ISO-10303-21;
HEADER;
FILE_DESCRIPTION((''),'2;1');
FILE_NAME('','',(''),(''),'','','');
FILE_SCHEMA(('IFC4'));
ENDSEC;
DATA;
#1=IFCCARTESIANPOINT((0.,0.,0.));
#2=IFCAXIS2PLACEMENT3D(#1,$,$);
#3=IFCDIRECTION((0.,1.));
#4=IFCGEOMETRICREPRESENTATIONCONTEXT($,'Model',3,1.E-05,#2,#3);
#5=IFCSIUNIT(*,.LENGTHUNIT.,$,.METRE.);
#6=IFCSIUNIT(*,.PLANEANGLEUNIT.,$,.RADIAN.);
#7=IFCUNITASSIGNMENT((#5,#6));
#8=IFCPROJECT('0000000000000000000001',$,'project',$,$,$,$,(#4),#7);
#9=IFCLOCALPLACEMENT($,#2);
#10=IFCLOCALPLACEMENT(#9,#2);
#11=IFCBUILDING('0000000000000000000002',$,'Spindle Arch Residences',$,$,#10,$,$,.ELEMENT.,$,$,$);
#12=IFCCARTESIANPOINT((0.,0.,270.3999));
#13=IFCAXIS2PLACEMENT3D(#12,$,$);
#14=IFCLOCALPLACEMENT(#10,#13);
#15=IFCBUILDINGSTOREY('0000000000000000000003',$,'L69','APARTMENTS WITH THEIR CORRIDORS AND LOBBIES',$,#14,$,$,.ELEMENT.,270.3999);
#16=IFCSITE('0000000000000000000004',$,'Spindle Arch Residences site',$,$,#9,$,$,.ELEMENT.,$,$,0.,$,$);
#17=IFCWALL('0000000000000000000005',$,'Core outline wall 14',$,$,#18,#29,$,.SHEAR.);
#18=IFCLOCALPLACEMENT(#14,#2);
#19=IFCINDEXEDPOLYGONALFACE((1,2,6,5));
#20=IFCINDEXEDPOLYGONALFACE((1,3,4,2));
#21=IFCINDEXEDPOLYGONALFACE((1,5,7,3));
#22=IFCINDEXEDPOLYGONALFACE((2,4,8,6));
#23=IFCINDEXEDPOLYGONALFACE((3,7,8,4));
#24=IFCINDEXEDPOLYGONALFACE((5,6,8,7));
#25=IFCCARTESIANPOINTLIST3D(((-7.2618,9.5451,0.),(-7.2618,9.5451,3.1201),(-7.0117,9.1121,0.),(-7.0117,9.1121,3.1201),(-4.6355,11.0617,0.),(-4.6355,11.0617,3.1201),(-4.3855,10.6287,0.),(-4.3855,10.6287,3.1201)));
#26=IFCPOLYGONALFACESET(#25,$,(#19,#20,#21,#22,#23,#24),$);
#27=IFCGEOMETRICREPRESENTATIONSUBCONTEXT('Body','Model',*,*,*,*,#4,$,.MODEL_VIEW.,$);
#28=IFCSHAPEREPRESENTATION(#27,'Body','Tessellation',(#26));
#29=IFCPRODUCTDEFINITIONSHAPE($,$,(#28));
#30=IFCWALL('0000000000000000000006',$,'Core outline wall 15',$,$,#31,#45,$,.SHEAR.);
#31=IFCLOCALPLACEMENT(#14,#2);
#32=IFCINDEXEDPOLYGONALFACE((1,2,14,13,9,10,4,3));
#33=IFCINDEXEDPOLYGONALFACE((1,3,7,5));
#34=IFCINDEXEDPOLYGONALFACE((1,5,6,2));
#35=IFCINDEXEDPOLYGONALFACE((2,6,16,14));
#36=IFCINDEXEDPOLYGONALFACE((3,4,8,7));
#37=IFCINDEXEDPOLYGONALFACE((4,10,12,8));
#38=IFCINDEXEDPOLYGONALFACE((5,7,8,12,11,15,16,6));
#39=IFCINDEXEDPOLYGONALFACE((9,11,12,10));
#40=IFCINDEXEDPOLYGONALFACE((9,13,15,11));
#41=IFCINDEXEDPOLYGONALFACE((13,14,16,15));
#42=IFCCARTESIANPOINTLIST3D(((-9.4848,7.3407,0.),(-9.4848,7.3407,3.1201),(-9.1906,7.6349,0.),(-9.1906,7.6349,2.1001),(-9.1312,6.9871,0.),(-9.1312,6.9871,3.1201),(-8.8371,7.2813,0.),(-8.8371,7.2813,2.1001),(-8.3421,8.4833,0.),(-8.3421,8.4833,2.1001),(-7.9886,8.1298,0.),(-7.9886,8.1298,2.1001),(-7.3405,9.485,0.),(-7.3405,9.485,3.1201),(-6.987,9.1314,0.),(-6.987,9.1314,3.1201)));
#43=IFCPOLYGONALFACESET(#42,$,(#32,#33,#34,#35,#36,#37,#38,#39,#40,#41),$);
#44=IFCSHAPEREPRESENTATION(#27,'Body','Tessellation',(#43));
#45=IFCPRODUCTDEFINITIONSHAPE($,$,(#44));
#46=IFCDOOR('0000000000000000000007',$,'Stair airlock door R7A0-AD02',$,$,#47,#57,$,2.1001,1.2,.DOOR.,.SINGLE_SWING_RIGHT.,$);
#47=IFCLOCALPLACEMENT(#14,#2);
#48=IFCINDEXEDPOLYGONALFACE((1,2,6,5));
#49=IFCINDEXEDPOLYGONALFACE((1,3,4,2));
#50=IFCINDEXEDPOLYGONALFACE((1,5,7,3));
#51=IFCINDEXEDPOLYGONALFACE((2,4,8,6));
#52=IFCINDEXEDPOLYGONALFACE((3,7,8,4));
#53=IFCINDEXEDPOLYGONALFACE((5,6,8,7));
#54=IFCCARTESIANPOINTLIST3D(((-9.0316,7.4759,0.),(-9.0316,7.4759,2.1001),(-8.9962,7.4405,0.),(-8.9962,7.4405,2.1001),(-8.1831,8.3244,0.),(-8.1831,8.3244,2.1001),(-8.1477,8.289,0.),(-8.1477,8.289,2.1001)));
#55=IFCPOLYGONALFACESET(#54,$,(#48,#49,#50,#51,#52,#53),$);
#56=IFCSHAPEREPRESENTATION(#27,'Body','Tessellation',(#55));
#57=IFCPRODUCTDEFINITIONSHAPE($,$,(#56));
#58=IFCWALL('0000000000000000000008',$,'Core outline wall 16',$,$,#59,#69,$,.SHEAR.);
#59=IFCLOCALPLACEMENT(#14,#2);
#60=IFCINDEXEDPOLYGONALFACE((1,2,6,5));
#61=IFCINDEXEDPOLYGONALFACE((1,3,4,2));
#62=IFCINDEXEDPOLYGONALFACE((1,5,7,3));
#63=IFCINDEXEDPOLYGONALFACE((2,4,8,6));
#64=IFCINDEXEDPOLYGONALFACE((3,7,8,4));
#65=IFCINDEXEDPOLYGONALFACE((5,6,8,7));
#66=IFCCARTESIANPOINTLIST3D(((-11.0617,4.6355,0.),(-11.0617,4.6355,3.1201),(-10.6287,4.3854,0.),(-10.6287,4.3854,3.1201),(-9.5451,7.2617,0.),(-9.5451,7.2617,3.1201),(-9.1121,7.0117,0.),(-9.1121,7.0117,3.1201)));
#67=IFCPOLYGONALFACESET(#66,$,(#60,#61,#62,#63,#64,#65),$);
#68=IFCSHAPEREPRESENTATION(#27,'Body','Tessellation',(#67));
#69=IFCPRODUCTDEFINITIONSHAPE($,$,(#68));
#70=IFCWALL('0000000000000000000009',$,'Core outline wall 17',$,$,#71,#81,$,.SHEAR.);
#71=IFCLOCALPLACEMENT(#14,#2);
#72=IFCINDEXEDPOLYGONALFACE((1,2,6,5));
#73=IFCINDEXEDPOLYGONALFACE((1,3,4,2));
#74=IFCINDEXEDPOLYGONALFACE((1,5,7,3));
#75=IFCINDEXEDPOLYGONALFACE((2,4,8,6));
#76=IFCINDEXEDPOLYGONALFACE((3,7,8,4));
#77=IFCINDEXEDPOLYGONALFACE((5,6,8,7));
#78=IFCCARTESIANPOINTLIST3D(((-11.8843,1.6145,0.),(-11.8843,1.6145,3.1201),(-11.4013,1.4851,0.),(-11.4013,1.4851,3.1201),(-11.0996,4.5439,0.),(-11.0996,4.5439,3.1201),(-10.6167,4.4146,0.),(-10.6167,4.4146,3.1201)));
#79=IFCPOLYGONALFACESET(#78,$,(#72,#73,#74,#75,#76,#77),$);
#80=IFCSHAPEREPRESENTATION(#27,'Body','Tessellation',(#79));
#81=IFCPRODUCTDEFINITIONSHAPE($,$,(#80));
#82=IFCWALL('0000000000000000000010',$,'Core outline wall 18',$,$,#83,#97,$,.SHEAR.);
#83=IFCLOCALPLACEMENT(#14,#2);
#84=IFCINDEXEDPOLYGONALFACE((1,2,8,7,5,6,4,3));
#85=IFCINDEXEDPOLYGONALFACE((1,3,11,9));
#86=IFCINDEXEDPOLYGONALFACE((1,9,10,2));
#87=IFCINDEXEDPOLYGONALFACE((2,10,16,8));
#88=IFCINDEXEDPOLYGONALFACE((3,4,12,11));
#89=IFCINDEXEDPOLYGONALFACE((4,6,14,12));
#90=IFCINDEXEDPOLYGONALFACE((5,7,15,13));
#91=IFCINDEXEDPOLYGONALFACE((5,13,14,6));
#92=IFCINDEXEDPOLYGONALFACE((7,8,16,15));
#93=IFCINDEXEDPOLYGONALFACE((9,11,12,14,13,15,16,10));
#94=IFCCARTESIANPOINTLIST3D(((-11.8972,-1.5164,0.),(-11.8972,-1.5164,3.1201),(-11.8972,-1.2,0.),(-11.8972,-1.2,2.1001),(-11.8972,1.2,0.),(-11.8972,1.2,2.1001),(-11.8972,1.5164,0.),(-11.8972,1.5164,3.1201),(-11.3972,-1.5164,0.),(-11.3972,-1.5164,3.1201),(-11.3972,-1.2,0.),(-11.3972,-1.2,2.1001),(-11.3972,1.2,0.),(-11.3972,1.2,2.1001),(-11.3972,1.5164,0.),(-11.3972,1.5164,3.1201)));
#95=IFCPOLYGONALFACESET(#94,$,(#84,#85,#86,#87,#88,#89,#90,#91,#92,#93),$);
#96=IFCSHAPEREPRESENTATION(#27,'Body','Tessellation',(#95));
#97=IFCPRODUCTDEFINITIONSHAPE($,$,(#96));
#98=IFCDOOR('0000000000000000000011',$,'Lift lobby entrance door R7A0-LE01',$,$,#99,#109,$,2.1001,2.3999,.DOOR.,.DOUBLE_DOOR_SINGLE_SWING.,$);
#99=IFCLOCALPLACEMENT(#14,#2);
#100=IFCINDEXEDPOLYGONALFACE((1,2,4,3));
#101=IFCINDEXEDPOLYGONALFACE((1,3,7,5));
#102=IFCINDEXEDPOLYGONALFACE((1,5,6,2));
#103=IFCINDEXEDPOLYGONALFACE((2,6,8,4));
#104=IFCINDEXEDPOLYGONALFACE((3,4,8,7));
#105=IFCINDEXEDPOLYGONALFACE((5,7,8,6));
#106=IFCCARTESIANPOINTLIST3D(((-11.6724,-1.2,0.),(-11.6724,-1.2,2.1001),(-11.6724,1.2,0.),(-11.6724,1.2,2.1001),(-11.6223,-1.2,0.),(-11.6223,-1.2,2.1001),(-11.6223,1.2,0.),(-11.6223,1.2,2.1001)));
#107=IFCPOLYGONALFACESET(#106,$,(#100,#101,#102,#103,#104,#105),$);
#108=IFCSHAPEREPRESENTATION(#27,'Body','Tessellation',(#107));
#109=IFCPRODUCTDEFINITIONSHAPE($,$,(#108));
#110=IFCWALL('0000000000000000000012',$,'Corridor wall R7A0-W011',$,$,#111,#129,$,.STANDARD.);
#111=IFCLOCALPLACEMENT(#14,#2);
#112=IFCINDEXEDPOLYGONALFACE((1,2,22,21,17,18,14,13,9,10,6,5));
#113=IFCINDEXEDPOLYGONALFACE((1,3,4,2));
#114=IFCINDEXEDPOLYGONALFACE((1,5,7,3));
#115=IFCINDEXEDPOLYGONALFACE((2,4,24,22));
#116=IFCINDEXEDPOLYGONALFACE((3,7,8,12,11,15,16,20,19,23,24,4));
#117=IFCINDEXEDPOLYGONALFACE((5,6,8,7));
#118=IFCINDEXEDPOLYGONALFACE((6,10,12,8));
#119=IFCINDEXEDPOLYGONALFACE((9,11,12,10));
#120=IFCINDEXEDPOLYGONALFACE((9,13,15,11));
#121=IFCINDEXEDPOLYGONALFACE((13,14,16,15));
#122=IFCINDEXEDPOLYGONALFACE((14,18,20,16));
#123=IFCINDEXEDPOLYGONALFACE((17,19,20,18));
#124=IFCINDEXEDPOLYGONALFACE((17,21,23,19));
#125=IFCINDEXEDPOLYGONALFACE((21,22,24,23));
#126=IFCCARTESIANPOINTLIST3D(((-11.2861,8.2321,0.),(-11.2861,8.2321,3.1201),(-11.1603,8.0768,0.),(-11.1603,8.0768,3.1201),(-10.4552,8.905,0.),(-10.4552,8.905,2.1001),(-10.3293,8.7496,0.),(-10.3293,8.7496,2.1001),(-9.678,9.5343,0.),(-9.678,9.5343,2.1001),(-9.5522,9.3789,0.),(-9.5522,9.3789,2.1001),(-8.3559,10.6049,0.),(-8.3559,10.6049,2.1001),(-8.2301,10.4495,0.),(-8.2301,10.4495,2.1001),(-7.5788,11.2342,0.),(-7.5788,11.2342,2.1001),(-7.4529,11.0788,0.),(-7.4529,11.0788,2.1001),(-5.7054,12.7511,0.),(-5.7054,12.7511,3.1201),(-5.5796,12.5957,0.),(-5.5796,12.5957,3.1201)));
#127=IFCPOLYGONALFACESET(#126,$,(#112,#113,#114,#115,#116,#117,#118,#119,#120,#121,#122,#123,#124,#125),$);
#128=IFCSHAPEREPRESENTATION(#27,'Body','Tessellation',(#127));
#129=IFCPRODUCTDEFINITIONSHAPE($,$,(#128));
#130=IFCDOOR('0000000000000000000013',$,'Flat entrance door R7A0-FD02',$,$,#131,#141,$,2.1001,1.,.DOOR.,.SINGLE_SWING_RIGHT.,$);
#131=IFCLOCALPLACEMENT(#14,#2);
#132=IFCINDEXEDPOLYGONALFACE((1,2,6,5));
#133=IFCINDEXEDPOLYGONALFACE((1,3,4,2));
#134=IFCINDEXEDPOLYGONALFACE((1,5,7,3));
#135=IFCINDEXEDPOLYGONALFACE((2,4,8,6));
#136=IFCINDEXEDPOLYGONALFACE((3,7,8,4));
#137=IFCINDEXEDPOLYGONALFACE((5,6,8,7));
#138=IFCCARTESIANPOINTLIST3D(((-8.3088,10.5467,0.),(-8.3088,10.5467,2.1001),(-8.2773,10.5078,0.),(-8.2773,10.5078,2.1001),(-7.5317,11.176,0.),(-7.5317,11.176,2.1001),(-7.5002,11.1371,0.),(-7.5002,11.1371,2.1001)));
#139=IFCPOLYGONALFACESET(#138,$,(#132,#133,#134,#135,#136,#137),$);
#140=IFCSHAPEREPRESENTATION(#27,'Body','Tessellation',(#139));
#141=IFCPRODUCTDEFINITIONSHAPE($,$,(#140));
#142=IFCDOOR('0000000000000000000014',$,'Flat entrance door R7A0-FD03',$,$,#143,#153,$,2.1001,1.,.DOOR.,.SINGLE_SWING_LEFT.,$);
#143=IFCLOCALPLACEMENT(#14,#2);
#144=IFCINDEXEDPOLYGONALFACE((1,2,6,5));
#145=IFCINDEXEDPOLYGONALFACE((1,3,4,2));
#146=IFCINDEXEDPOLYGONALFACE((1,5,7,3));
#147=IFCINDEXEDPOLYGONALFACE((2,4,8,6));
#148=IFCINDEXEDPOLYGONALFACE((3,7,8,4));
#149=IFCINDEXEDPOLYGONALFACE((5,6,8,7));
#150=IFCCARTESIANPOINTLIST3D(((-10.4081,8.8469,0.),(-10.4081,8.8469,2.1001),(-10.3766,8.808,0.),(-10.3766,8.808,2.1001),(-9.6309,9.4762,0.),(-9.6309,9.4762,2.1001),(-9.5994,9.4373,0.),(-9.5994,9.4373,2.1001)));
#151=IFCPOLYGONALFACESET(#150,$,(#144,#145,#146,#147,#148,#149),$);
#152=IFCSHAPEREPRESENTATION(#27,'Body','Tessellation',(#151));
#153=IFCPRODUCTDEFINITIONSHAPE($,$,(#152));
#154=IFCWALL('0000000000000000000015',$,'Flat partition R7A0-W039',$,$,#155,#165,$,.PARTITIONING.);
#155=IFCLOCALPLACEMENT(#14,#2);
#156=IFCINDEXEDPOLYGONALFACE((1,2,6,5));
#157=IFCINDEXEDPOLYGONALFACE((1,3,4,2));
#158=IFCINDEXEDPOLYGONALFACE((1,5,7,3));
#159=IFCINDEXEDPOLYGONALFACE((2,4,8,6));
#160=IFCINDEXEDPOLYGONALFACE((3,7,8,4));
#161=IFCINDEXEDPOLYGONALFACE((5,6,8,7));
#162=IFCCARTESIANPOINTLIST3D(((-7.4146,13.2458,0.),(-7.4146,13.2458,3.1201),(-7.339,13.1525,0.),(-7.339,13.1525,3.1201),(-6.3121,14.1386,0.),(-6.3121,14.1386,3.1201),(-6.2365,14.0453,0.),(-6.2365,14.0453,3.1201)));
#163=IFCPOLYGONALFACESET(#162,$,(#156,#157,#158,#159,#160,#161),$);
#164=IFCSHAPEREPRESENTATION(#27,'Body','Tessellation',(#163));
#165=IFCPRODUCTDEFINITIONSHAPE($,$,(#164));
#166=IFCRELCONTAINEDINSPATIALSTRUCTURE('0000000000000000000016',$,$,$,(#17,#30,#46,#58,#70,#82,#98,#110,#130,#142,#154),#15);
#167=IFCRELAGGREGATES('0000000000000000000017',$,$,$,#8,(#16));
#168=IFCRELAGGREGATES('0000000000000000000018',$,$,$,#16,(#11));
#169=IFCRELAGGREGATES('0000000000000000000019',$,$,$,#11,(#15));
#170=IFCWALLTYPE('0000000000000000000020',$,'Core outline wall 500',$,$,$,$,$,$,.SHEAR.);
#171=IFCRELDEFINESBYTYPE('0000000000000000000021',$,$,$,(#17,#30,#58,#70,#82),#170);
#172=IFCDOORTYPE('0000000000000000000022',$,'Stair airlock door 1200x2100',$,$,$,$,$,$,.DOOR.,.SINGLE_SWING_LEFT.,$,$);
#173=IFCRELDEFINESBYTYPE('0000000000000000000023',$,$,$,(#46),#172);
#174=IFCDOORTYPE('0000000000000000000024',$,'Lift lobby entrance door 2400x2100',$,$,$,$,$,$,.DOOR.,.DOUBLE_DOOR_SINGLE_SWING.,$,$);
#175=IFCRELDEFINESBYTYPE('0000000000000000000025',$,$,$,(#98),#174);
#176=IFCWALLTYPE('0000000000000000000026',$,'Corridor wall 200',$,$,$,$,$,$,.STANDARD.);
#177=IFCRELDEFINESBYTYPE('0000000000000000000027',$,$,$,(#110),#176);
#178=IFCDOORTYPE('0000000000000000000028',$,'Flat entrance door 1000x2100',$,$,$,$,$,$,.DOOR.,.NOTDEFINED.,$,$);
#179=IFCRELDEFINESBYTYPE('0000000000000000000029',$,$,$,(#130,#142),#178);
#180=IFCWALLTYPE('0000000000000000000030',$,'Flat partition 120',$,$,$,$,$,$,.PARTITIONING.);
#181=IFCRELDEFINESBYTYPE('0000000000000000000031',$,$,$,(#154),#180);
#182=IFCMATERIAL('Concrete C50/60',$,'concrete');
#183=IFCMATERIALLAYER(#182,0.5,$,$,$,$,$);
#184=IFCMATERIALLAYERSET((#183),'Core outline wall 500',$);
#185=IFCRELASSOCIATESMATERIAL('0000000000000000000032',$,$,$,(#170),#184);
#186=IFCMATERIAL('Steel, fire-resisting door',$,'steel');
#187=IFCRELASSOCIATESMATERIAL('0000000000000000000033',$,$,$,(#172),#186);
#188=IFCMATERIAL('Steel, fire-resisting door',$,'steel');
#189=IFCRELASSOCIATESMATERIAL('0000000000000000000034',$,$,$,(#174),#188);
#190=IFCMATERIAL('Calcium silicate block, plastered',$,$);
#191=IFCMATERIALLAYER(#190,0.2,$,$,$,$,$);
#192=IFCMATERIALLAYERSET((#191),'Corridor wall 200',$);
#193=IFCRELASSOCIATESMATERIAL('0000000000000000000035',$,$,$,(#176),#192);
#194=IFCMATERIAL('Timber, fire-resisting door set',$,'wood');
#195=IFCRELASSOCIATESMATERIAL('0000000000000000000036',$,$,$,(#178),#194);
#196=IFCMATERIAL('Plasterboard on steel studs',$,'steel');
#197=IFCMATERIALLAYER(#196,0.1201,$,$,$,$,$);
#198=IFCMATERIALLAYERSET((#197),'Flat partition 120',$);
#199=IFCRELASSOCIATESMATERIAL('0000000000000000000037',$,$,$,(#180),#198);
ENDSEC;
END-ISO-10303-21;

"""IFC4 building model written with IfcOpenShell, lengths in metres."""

from ifc_helpers import new_model, si_unit, direction, frame, frame_2d, origin, place, context, subcontext, project, spatial, rectangle, extrude, material, layer, layer_set, type_object, element, fill, save


model = new_model("IFC4")

# Units and contexts
model_context = context("Model", 3, precision=1e-05, world=origin(), true_north=direction((0.0, 1.0)))
body_context = subcontext(model_context, "Body", "Model", "MODEL_VIEW")
ifc_project = project(units=[si_unit("LENGTHUNIT", "METRE"), si_unit("PLANEANGLEUNIT", "RADIAN")], contexts=[model_context])

# Site, building, storey
site_placement = place(None, origin())
site = spatial("IfcSite", under=ifc_project, at=site_placement, Name="Spindle Arch Residences site", CompositionType="ELEMENT", RefElevation=0.0)
building_placement = place(site_placement, origin())
building = spatial("IfcBuilding", under=site, at=building_placement, Name="Spindle Arch Residences", CompositionType="ELEMENT")
storey_placement = place(building_placement, frame((0.0, 0.0, 270.3999)))
storey = spatial("IfcBuildingStorey", under=building, at=storey_placement, Name="L69", Description="APARTMENTS WITH THEIR CORRIDORS AND LOBBIES", CompositionType="ELEMENT", Elevation=270.3999)

# Wall
ifc_material_1 = material(Name="Concrete C50/60", Category="concrete")
ifc_layer_1 = layer(ifc_material_1, 0.5)
ifc_layer_set_1 = layer_set([ifc_layer_1], Name="Core outline wall 500")
wall_type_1 = type_object("IfcWallType", Name="Core outline wall 500", PredefinedType="SHEAR", material=ifc_layer_set_1)
wall_1_placement = place(storey_placement, frame((-4.5105, 10.8452, 0.0), z_axis=(0.0, 0.0, 1.0), x_axis=(-0.865975, -0.500087, 0.0)))
element("IfcWall", 1, at=wall_1_placement, inside=storey, type_object=wall_type_1, Name="Core outline wall 14", PredefinedType="SHEAR", context=body_context, shape_type="SweptSolid", body=[
    extrude(rectangle(XDim=3.0327, YDim=0.5, at=frame_2d((1.5164, 0.0))), origin(), (0.0, 0.0, 1.0), 3.1201),
])

# Wall, opening, door
wall_2_placement = place(storey_placement, frame((-7.1638, 9.3081, 0.0), z_axis=(0.0, 0.0, 1.0), x_axis=(-0.707107, -0.707107, 0.0)))
wall_2 = element("IfcWall", 2, at=wall_2_placement, inside=storey, type_object=wall_type_1, Name="Core outline wall 15", PredefinedType="SHEAR", context=body_context, shape_type="SweptSolid", body=[
    extrude(rectangle(XDim=3.0325, YDim=0.5, at=frame_2d((1.5161, 0.0))), origin(), (0.0, 0.0, 1.0), 3.1201),
])
opening_1_placement = place(wall_2_placement, frame((1.4163, 0.0, 0.0)))
opening_1 = element("IfcOpeningElement", 3, at=opening_1_placement, cuts=wall_2, PredefinedType="OPENING", context=body_context, shape_type="SweptSolid", body=[
    extrude(rectangle(XDim=1.2, YDim=2.1001, at=frame_2d((0.6001, 1.05))), frame((0.0, 0.26, 0.0), z_axis=(0.0, -1.0, 0.0), x_axis=(1.0, 0.0, 0.0)), (0.0, 0.0, 1.0), 0.52),
])
ifc_material_2 = material(Name="Steel, fire-resisting door", Category="steel")
door_type_1 = type_object("IfcDoorType", Name="Stair airlock door 1200x2100", OperationType="SINGLE_SWING_LEFT", PredefinedType="DOOR", material=ifc_material_2)
door_1_placement = place(opening_1_placement, origin())
door_1 = element("IfcDoor", 4, at=door_1_placement, inside=storey, type_object=door_type_1, Name="Stair airlock door R7A0-AD02", OperationType="SINGLE_SWING_RIGHT", OverallHeight=2.1001, OverallWidth=1.2, PredefinedType="DOOR", context=body_context, shape_type="SweptSolid", body=[
    extrude(rectangle(XDim=1.2, YDim=2.1001, at=frame_2d((0.6001, 1.05))), frame((0.0, 0.0249, 0.0), z_axis=(0.0, -1.0, 0.0), x_axis=(1.0, 0.0, 0.0)), (0.0, 0.0, 1.0), 0.05),
])
fill(opening_1, door_1)

# Walls
for number, where, z_axis, x_axis, name in (
    (5, (-9.3286, 7.1367, 0.0), (0.0, 0.0, 1.0), (-0.500087, -0.865975, 0.0), "Core outline wall 16"),
    (6, (-10.8582, 4.4792, 0.0), (0.0, 0.0, 1.0), (-0.258735, -0.965948, 0.0), "Core outline wall 17"),
):
    element("IfcWall", number, at=place(storey_placement, frame(where, z_axis=z_axis, x_axis=x_axis)), inside=storey, type_object=wall_type_1, Name=name, PredefinedType="SHEAR", context=body_context, shape_type="SweptSolid", body=[
        extrude(rectangle(XDim=3.0327, YDim=0.5, at=frame_2d((1.5164, 0.0))), origin(), (0.0, 0.0, 1.0), 3.1201),
    ])

# Wall, opening, door
wall_3_placement = place(storey_placement, frame((-11.6472, 1.5164, 0.0), z_axis=(0.0, 0.0, 1.0), x_axis=(0.0, -1.0, 0.0)))
wall_3 = element("IfcWall", 7, at=wall_3_placement, inside=storey, type_object=wall_type_1, Name="Core outline wall 18", PredefinedType="SHEAR", context=body_context, shape_type="SweptSolid", body=[
    extrude(rectangle(XDim=3.0327, YDim=0.5, at=frame_2d((1.5164, 0.0))), origin(), (0.0, 0.0, 1.0), 3.1201),
])
opening_2_placement = place(wall_3_placement, frame((0.3164, 0.0, 0.0)))
opening_2 = element("IfcOpeningElement", 8, at=opening_2_placement, cuts=wall_3, PredefinedType="OPENING", context=body_context, shape_type="SweptSolid", body=[
    extrude(rectangle(XDim=2.3999, YDim=2.1001, at=frame_2d((1.2, 1.05))), frame((0.0, 0.26, 0.0), z_axis=(0.0, -1.0, 0.0), x_axis=(1.0, 0.0, 0.0)), (0.0, 0.0, 1.0), 0.52),
])
ifc_material_3 = material(Name="Steel, fire-resisting door", Category="steel")
door_type_2 = type_object("IfcDoorType", Name="Lift lobby entrance door 2400x2100", OperationType="DOUBLE_DOOR_SINGLE_SWING", PredefinedType="DOOR", material=ifc_material_3)
door_2_placement = place(opening_2_placement, origin())
door_2 = element("IfcDoor", 9, at=door_2_placement, inside=storey, type_object=door_type_2, Name="Lift lobby entrance door R7A0-LE01", OperationType="DOUBLE_DOOR_SINGLE_SWING", OverallHeight=2.1001, OverallWidth=2.3999, PredefinedType="DOOR", context=body_context, shape_type="SweptSolid", body=[
    extrude(rectangle(XDim=2.3999, YDim=2.1001, at=frame_2d((1.2, 1.05))), frame((0.0, 0.0249, 0.0), z_axis=(0.0, -1.0, 0.0), x_axis=(1.0, 0.0, 0.0)), (0.0, 0.0, 1.0), 0.05),
])
fill(opening_2, door_2)

# Wall, openings, doors
ifc_material_4 = material(Name="Calcium silicate block, plastered")
ifc_layer_2 = layer(ifc_material_4, 0.2)
ifc_layer_set_2 = layer_set([ifc_layer_2], Name="Corridor wall 200")
wall_type_2 = type_object("IfcWallType", Name="Corridor wall 200", PredefinedType="STANDARD", material=ifc_layer_set_2)
wall_4_placement = place(storey_placement, frame((-5.6426, 12.6733, 0.0), z_axis=(0.0, 0.0, 1.0), x_axis=(-0.77716, -0.629303, 0.0)))
wall_4 = element("IfcWall", 10, at=wall_4_placement, inside=storey, type_object=wall_type_2, Name="Corridor wall R7A0-W011", PredefinedType="STANDARD", context=body_context, shape_type="SweptSolid", body=[
    extrude(rectangle(XDim=7.1809, YDim=0.2, at=frame_2d((3.5903, 0.0))), origin(), (0.0, 0.0, 1.0), 3.1201),
])
opening_3_placement = place(wall_4_placement, frame((2.4104, 0.0, 0.0)))
opening_3 = element("IfcOpeningElement", 11, at=opening_3_placement, cuts=wall_4, PredefinedType="OPENING", context=body_context, shape_type="SweptSolid", body=[
    extrude(rectangle(XDim=1.0, YDim=2.1001, at=frame_2d((0.5, 1.05))), frame((0.0, 0.1099, 0.0), z_axis=(0.0, -1.0, 0.0), x_axis=(1.0, 0.0, 0.0)), (0.0, 0.0, 1.0), 0.22),
])
opening_4_placement = place(wall_4_placement, frame((5.1116, 0.0, 0.0)))
opening_4 = element("IfcOpeningElement", 12, at=opening_4_placement, cuts=wall_4, PredefinedType="OPENING", context=body_context, shape_type="SweptSolid", body=[
    extrude(rectangle(XDim=1.0, YDim=2.1001, at=frame_2d((0.5, 1.05))), frame((0.0, 0.1099, 0.0), z_axis=(0.0, -1.0, 0.0), x_axis=(1.0, 0.0, 0.0)), (0.0, 0.0, 1.0), 0.22),
])
ifc_material_5 = material(Name="Timber, fire-resisting door set", Category="wood")
door_type_3 = type_object("IfcDoorType", Name="Flat entrance door 1000x2100", OperationType="NOTDEFINED", PredefinedType="DOOR", material=ifc_material_5)
door_3_placement = place(opening_3_placement, origin())
door_3 = element("IfcDoor", 13, at=door_3_placement, inside=storey, type_object=door_type_3, Name="Flat entrance door R7A0-FD02", OperationType="SINGLE_SWING_RIGHT", OverallHeight=2.1001, OverallWidth=1.0, PredefinedType="DOOR", context=body_context, shape_type="SweptSolid", body=[
    extrude(rectangle(XDim=1.0, YDim=2.1001, at=frame_2d((0.5, 1.05))), frame((0.0, 0.0249, 0.0), z_axis=(0.0, -1.0, 0.0), x_axis=(1.0, 0.0, 0.0)), (0.0, 0.0, 1.0), 0.05),
])
fill(opening_3, door_3)
door_4_placement = place(opening_4_placement, origin())
door_4 = element("IfcDoor", 14, at=door_4_placement, inside=storey, type_object=door_type_3, Name="Flat entrance door R7A0-FD03", OperationType="SINGLE_SWING_LEFT", OverallHeight=2.1001, OverallWidth=1.0, PredefinedType="DOOR", context=body_context, shape_type="SweptSolid", body=[
    extrude(rectangle(XDim=1.0, YDim=2.1001, at=frame_2d((0.5, 1.05))), frame((0.0, 0.0249, 0.0), z_axis=(0.0, -1.0, 0.0), x_axis=(1.0, 0.0, 0.0)), (0.0, 0.0, 1.0), 0.05),
])
fill(opening_4, door_4)

# Wall
ifc_material_6 = material(Name="Plasterboard on steel studs", Category="steel")
ifc_layer_3 = layer(ifc_material_6, 0.1201)
ifc_layer_set_3 = layer_set([ifc_layer_3], Name="Flat partition 120")
wall_type_3 = type_object("IfcWallType", Name="Flat partition 120", PredefinedType="PARTITIONING", material=ifc_layer_set_3)
wall_5_placement = place(storey_placement, frame((-6.2742, 14.092, 0.0), z_axis=(0.0, 0.0, 1.0), x_axis=(-0.777145, -0.629322, 0.0)))
element("IfcWall", 15, at=wall_5_placement, inside=storey, type_object=wall_type_3, Name="Flat partition R7A0-W039", PredefinedType="PARTITIONING", context=body_context, shape_type="SweptSolid", body=[
    extrude(rectangle(XDim=1.4187, YDim=0.1201, at=frame_2d((0.7095, 0.0))), origin(), (0.0, 0.0, 1.0), 3.1201),
])

save(model, "model.ifc")
